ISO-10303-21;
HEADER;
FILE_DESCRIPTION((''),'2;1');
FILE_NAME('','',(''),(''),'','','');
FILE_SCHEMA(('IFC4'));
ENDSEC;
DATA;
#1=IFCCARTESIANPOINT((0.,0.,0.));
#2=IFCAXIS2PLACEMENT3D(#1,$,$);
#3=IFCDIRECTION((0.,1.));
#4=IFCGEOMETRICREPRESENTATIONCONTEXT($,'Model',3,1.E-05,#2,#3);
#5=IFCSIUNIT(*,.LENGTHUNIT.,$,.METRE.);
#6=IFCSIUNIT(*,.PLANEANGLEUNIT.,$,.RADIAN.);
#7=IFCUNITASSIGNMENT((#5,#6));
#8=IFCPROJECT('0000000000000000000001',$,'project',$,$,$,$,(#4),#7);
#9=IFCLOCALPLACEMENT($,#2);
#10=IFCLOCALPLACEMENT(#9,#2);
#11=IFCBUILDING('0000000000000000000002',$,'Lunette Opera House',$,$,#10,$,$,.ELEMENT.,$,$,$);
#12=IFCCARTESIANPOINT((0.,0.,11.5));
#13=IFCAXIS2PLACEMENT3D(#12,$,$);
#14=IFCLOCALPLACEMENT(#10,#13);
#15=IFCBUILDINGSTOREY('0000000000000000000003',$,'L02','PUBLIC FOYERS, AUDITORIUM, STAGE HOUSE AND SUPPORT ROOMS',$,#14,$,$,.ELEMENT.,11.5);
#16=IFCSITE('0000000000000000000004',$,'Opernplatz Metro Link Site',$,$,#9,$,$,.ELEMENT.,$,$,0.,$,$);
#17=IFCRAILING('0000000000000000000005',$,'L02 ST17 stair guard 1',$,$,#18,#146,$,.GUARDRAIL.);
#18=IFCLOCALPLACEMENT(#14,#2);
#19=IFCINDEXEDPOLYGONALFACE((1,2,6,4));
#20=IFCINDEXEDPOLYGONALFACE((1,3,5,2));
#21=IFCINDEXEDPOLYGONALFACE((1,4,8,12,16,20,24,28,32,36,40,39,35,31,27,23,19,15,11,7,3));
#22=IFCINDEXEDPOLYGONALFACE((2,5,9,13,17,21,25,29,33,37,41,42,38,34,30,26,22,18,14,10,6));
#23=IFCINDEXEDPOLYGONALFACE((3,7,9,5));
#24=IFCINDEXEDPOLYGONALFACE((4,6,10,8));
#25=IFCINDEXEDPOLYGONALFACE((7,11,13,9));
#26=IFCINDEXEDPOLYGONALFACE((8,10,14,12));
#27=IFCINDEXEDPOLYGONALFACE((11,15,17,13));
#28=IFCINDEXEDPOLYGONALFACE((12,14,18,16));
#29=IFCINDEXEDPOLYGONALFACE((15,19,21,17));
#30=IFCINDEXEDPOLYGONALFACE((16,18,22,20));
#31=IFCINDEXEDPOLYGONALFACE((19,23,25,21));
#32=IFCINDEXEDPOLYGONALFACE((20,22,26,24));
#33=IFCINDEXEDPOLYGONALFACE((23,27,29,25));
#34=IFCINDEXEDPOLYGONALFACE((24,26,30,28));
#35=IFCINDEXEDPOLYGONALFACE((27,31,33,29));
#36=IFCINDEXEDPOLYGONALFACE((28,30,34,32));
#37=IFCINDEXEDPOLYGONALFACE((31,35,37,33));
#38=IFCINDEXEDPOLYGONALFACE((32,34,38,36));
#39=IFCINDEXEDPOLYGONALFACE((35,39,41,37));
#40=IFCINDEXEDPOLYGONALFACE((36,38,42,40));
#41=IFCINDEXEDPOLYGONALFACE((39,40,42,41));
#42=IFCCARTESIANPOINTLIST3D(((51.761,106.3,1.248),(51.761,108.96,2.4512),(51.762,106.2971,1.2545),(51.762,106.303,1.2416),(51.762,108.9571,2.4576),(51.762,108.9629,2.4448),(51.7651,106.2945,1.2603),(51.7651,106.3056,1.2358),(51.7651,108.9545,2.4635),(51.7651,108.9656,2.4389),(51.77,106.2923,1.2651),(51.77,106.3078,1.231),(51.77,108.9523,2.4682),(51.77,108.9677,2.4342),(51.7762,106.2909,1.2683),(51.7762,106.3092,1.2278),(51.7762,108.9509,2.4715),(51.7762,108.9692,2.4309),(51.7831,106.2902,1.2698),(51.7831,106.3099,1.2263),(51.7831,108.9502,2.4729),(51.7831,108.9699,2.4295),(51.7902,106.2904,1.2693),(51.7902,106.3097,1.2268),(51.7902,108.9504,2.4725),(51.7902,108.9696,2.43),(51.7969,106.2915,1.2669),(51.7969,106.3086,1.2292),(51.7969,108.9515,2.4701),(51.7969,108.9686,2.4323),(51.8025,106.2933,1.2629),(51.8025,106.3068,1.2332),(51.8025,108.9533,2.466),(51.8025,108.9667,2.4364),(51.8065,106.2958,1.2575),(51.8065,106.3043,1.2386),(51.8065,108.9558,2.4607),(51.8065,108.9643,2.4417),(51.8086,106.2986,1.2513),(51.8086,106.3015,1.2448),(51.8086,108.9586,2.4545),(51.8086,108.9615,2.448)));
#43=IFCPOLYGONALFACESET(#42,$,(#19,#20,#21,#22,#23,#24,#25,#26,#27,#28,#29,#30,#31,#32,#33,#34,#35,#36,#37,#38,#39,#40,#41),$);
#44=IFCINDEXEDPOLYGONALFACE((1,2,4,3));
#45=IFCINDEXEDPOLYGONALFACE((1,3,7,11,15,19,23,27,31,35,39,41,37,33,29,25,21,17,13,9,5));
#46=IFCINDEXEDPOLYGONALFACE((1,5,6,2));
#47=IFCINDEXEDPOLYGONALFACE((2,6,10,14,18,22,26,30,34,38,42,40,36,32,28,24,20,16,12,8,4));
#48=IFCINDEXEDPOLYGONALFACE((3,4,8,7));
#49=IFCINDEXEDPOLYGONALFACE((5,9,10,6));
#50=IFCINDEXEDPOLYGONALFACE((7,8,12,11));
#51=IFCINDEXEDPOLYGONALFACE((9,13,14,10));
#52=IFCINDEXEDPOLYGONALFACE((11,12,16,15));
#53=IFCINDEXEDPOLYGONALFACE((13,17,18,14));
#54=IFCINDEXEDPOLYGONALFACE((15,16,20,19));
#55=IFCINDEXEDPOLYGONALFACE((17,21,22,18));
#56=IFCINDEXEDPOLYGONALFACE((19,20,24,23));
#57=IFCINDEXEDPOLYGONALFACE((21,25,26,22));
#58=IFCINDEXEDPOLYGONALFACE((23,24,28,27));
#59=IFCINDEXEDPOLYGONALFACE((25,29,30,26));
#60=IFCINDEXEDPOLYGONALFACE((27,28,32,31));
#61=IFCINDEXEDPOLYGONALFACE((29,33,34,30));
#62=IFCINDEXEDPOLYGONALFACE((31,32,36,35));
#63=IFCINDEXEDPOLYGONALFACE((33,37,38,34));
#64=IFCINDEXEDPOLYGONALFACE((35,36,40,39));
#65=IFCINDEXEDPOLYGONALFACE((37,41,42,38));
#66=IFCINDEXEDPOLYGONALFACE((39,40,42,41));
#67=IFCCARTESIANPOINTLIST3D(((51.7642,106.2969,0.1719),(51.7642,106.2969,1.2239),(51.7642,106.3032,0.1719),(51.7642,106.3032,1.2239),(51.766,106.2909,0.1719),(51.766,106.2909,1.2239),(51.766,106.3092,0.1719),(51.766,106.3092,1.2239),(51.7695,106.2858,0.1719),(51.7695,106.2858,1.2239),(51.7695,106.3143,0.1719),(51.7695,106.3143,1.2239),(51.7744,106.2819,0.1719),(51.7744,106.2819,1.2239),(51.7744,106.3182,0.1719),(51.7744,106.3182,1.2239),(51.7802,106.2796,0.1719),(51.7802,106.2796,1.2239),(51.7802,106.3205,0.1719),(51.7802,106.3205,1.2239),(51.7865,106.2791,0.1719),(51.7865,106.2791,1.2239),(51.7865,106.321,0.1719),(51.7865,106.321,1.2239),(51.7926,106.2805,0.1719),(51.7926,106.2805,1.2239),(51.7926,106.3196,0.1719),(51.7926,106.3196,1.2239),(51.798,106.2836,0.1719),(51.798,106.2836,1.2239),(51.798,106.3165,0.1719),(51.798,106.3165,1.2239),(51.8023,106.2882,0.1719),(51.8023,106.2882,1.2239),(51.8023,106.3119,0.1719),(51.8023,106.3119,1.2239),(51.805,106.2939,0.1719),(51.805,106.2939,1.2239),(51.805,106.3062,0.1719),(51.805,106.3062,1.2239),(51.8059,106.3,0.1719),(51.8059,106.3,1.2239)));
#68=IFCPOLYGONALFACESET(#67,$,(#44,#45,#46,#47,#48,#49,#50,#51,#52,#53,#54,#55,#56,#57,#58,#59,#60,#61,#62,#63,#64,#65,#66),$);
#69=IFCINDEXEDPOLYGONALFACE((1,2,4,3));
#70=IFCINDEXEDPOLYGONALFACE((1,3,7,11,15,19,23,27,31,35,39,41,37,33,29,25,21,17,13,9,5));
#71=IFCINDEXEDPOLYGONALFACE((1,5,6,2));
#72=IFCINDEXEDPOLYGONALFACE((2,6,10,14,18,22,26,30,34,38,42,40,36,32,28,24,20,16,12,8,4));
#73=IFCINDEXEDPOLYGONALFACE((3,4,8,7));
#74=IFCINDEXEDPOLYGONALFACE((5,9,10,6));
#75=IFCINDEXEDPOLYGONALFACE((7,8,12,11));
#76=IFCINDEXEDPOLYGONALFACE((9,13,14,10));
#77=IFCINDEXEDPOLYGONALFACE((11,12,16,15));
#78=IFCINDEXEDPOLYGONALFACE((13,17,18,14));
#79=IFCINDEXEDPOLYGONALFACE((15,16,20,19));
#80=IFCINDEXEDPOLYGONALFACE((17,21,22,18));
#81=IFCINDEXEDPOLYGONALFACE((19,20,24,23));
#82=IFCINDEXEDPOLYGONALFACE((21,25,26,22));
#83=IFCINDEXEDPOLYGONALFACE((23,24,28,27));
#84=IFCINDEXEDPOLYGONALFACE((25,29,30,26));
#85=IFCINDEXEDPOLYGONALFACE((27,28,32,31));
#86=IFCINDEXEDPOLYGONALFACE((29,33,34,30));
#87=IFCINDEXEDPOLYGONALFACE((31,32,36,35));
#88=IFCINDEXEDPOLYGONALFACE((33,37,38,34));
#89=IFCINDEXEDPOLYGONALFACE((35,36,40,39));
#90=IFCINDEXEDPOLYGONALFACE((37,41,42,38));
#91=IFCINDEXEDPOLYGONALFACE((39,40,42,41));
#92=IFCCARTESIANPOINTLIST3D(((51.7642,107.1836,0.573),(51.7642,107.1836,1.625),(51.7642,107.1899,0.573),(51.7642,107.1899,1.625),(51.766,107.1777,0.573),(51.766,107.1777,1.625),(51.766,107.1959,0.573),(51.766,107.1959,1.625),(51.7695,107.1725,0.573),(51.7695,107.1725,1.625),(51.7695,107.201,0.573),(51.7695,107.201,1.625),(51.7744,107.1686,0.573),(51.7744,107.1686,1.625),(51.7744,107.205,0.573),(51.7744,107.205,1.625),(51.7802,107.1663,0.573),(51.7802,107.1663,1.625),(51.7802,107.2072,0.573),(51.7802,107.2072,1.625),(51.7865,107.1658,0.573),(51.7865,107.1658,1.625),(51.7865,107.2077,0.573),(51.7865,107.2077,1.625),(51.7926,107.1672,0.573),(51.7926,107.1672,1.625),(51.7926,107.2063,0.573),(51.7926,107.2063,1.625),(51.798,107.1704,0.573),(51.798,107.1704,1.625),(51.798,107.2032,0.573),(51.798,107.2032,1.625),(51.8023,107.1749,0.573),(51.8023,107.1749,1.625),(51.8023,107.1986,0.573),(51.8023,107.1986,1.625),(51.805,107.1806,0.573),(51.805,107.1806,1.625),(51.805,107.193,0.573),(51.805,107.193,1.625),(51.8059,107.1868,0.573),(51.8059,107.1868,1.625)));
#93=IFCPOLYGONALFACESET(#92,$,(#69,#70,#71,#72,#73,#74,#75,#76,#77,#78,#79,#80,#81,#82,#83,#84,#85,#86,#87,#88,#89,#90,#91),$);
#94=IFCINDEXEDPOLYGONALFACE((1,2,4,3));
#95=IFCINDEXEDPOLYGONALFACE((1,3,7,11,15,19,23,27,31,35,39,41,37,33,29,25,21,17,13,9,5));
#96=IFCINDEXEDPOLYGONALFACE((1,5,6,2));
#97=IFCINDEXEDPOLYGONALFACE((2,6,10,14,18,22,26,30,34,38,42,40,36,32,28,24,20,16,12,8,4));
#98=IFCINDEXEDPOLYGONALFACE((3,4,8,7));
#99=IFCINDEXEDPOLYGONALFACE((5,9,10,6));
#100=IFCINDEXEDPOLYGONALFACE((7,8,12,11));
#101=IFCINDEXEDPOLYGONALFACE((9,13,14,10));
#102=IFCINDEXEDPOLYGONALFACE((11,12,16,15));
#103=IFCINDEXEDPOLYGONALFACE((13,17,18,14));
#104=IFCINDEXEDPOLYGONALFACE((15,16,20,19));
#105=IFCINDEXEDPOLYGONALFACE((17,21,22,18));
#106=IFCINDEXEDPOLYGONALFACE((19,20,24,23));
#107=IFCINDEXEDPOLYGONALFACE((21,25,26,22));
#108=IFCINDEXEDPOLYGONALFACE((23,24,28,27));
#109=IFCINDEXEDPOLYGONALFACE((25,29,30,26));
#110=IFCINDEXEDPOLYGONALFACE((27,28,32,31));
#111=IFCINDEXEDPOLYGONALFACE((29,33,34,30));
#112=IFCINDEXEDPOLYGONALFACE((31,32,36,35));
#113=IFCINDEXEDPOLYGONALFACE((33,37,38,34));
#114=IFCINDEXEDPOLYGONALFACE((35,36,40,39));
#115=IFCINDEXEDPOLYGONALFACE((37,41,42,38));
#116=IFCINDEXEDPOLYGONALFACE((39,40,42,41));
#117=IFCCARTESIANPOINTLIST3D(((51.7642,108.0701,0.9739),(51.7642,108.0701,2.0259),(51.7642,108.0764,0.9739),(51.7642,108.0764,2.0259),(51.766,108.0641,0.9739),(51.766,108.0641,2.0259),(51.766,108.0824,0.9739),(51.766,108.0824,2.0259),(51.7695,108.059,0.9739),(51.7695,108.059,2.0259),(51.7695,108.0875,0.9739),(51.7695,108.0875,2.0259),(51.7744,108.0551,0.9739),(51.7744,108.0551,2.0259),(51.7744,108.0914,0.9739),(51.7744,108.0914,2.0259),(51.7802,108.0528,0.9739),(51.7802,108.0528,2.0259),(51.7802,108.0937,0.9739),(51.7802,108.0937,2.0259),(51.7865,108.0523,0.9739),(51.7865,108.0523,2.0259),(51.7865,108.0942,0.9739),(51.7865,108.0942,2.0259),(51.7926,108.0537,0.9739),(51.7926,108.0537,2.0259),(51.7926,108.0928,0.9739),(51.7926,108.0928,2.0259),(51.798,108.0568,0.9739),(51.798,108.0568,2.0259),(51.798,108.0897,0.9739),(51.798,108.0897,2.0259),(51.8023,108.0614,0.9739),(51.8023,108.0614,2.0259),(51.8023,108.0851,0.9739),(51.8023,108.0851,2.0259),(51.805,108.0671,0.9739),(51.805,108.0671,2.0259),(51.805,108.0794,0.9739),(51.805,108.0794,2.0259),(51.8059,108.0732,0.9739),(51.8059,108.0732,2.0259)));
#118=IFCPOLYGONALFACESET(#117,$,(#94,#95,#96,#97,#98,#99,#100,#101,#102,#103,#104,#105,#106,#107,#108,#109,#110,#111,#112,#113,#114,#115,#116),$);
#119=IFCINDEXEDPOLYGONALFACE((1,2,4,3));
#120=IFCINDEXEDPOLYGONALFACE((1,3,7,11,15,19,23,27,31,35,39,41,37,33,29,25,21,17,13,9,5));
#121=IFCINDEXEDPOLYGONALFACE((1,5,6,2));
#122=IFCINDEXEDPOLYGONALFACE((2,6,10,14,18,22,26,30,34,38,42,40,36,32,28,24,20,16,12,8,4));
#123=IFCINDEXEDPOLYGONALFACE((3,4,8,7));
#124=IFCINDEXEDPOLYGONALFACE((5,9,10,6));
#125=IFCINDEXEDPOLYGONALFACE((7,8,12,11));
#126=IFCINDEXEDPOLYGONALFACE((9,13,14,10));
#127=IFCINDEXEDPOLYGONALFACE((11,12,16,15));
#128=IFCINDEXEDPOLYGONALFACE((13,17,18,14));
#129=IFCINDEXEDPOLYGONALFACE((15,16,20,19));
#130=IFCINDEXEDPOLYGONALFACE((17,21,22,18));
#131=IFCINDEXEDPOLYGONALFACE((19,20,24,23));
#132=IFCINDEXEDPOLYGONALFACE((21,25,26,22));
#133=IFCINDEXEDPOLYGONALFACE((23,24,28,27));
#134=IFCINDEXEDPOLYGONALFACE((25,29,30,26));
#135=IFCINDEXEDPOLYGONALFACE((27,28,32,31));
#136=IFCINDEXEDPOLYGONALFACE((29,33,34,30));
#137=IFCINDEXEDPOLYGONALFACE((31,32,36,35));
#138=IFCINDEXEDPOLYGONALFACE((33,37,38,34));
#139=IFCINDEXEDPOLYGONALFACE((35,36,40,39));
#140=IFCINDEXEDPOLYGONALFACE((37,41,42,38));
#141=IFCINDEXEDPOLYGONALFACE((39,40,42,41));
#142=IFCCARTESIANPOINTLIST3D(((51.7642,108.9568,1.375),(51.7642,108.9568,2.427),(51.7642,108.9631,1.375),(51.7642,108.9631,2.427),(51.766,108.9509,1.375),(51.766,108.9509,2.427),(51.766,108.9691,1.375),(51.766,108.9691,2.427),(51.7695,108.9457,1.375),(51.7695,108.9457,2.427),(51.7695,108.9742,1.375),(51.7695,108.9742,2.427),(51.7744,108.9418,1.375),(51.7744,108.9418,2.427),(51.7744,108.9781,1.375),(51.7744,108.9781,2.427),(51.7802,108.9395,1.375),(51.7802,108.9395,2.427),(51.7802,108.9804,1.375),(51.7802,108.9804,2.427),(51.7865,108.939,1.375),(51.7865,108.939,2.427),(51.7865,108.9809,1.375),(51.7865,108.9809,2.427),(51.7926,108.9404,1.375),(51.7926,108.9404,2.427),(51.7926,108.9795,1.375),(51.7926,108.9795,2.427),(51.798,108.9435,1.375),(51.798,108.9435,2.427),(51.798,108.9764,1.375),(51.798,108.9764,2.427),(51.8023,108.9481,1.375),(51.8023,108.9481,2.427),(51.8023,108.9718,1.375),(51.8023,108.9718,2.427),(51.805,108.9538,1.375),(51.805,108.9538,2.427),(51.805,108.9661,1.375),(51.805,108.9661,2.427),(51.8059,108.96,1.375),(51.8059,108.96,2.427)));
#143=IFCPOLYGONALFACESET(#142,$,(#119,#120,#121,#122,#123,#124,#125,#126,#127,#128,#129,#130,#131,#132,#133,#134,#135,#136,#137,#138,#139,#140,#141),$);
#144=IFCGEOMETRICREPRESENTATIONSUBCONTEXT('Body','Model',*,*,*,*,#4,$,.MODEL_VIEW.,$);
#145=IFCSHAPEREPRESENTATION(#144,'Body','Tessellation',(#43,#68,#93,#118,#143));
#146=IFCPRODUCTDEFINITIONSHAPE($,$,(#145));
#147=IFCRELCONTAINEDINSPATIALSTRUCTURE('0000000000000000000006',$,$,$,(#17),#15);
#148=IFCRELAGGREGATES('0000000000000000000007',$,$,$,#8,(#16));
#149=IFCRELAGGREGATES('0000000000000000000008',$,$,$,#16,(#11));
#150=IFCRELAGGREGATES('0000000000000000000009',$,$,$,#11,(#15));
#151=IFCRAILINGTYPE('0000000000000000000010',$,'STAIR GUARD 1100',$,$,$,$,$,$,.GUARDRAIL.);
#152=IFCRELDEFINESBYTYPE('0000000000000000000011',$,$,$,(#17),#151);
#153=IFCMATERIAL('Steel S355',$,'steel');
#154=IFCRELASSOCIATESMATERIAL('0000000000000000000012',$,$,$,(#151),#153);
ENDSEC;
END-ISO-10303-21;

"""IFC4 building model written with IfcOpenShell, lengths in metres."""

from ifc_helpers import new_model, si_unit, direction, frame, origin, origin_2d, place, context, subcontext, project, spatial, circle, extrude, material, type_object, element, save


model = new_model("IFC4")

# Units and contexts
model_context = context("Model", 3, precision=1e-05, world=origin(), true_north=direction((0.0, 1.0)))
body_context = subcontext(model_context, "Body", "Model", "MODEL_VIEW")
ifc_project = project(units=[si_unit("LENGTHUNIT", "METRE"), si_unit("PLANEANGLEUNIT", "RADIAN")], contexts=[model_context])

# Site, building, storey
site_placement = place(None, origin())
site = spatial("IfcSite", under=ifc_project, at=site_placement, Name="Opernplatz Metro Link Site", CompositionType="ELEMENT", RefElevation=0.0)
building_placement = place(site_placement, origin())
building = spatial("IfcBuilding", under=site, at=building_placement, Name="Lunette Opera House", CompositionType="ELEMENT")
storey_placement = place(building_placement, frame((0.0, 0.0, 11.5)))
storey = spatial("IfcBuildingStorey", under=building, at=storey_placement, Name="L02", Description="PUBLIC FOYERS, AUDITORIUM, STAGE HOUSE AND SUPPORT ROOMS", CompositionType="ELEMENT", Elevation=11.5)

# Railing
ifc_material_1 = material(Name="Steel S355", Category="steel")
railing_type_1 = type_object("IfcRailingType", Name="STAIR GUARD 1100", PredefinedType="GUARDRAIL", material=ifc_material_1)
railing_1_placement = place(storey_placement, frame((51.7849, 106.3, 0.1719)))
element("IfcRailing", 1, at=railing_1_placement, inside=storey, type_object=railing_type_1, Name="L02 ST17 stair guard 1", PredefinedType="GUARDRAIL", context=body_context, shape_type="SweptSolid", body=[
    extrude(circle(Radius=0.0239, at=origin_2d()), frame((0.0, 0.0, 1.0762), z_axis=(0.0, 0.91113, 0.41212), x_axis=(-1.0, 0.0, 0.0)), (0.0, 0.0, 1.0), 2.9194),
    extrude(circle(Radius=0.021, at=origin_2d()), origin(), (0.0, 0.0, 1.0), 1.052),
    extrude(circle(Radius=0.021, at=origin_2d()), frame((0.0, 0.8867, 0.4011)), (0.0, 0.0, 1.0), 1.052),
    extrude(circle(Radius=0.021, at=origin_2d()), frame((0.0, 1.7732, 0.802)), (0.0, 0.0, 1.0), 1.052),
    extrude(circle(Radius=0.021, at=origin_2d()), frame((0.0, 2.6599, 1.2031)), (0.0, 0.0, 1.0), 1.052),
])

save(model, "model.ifc")
